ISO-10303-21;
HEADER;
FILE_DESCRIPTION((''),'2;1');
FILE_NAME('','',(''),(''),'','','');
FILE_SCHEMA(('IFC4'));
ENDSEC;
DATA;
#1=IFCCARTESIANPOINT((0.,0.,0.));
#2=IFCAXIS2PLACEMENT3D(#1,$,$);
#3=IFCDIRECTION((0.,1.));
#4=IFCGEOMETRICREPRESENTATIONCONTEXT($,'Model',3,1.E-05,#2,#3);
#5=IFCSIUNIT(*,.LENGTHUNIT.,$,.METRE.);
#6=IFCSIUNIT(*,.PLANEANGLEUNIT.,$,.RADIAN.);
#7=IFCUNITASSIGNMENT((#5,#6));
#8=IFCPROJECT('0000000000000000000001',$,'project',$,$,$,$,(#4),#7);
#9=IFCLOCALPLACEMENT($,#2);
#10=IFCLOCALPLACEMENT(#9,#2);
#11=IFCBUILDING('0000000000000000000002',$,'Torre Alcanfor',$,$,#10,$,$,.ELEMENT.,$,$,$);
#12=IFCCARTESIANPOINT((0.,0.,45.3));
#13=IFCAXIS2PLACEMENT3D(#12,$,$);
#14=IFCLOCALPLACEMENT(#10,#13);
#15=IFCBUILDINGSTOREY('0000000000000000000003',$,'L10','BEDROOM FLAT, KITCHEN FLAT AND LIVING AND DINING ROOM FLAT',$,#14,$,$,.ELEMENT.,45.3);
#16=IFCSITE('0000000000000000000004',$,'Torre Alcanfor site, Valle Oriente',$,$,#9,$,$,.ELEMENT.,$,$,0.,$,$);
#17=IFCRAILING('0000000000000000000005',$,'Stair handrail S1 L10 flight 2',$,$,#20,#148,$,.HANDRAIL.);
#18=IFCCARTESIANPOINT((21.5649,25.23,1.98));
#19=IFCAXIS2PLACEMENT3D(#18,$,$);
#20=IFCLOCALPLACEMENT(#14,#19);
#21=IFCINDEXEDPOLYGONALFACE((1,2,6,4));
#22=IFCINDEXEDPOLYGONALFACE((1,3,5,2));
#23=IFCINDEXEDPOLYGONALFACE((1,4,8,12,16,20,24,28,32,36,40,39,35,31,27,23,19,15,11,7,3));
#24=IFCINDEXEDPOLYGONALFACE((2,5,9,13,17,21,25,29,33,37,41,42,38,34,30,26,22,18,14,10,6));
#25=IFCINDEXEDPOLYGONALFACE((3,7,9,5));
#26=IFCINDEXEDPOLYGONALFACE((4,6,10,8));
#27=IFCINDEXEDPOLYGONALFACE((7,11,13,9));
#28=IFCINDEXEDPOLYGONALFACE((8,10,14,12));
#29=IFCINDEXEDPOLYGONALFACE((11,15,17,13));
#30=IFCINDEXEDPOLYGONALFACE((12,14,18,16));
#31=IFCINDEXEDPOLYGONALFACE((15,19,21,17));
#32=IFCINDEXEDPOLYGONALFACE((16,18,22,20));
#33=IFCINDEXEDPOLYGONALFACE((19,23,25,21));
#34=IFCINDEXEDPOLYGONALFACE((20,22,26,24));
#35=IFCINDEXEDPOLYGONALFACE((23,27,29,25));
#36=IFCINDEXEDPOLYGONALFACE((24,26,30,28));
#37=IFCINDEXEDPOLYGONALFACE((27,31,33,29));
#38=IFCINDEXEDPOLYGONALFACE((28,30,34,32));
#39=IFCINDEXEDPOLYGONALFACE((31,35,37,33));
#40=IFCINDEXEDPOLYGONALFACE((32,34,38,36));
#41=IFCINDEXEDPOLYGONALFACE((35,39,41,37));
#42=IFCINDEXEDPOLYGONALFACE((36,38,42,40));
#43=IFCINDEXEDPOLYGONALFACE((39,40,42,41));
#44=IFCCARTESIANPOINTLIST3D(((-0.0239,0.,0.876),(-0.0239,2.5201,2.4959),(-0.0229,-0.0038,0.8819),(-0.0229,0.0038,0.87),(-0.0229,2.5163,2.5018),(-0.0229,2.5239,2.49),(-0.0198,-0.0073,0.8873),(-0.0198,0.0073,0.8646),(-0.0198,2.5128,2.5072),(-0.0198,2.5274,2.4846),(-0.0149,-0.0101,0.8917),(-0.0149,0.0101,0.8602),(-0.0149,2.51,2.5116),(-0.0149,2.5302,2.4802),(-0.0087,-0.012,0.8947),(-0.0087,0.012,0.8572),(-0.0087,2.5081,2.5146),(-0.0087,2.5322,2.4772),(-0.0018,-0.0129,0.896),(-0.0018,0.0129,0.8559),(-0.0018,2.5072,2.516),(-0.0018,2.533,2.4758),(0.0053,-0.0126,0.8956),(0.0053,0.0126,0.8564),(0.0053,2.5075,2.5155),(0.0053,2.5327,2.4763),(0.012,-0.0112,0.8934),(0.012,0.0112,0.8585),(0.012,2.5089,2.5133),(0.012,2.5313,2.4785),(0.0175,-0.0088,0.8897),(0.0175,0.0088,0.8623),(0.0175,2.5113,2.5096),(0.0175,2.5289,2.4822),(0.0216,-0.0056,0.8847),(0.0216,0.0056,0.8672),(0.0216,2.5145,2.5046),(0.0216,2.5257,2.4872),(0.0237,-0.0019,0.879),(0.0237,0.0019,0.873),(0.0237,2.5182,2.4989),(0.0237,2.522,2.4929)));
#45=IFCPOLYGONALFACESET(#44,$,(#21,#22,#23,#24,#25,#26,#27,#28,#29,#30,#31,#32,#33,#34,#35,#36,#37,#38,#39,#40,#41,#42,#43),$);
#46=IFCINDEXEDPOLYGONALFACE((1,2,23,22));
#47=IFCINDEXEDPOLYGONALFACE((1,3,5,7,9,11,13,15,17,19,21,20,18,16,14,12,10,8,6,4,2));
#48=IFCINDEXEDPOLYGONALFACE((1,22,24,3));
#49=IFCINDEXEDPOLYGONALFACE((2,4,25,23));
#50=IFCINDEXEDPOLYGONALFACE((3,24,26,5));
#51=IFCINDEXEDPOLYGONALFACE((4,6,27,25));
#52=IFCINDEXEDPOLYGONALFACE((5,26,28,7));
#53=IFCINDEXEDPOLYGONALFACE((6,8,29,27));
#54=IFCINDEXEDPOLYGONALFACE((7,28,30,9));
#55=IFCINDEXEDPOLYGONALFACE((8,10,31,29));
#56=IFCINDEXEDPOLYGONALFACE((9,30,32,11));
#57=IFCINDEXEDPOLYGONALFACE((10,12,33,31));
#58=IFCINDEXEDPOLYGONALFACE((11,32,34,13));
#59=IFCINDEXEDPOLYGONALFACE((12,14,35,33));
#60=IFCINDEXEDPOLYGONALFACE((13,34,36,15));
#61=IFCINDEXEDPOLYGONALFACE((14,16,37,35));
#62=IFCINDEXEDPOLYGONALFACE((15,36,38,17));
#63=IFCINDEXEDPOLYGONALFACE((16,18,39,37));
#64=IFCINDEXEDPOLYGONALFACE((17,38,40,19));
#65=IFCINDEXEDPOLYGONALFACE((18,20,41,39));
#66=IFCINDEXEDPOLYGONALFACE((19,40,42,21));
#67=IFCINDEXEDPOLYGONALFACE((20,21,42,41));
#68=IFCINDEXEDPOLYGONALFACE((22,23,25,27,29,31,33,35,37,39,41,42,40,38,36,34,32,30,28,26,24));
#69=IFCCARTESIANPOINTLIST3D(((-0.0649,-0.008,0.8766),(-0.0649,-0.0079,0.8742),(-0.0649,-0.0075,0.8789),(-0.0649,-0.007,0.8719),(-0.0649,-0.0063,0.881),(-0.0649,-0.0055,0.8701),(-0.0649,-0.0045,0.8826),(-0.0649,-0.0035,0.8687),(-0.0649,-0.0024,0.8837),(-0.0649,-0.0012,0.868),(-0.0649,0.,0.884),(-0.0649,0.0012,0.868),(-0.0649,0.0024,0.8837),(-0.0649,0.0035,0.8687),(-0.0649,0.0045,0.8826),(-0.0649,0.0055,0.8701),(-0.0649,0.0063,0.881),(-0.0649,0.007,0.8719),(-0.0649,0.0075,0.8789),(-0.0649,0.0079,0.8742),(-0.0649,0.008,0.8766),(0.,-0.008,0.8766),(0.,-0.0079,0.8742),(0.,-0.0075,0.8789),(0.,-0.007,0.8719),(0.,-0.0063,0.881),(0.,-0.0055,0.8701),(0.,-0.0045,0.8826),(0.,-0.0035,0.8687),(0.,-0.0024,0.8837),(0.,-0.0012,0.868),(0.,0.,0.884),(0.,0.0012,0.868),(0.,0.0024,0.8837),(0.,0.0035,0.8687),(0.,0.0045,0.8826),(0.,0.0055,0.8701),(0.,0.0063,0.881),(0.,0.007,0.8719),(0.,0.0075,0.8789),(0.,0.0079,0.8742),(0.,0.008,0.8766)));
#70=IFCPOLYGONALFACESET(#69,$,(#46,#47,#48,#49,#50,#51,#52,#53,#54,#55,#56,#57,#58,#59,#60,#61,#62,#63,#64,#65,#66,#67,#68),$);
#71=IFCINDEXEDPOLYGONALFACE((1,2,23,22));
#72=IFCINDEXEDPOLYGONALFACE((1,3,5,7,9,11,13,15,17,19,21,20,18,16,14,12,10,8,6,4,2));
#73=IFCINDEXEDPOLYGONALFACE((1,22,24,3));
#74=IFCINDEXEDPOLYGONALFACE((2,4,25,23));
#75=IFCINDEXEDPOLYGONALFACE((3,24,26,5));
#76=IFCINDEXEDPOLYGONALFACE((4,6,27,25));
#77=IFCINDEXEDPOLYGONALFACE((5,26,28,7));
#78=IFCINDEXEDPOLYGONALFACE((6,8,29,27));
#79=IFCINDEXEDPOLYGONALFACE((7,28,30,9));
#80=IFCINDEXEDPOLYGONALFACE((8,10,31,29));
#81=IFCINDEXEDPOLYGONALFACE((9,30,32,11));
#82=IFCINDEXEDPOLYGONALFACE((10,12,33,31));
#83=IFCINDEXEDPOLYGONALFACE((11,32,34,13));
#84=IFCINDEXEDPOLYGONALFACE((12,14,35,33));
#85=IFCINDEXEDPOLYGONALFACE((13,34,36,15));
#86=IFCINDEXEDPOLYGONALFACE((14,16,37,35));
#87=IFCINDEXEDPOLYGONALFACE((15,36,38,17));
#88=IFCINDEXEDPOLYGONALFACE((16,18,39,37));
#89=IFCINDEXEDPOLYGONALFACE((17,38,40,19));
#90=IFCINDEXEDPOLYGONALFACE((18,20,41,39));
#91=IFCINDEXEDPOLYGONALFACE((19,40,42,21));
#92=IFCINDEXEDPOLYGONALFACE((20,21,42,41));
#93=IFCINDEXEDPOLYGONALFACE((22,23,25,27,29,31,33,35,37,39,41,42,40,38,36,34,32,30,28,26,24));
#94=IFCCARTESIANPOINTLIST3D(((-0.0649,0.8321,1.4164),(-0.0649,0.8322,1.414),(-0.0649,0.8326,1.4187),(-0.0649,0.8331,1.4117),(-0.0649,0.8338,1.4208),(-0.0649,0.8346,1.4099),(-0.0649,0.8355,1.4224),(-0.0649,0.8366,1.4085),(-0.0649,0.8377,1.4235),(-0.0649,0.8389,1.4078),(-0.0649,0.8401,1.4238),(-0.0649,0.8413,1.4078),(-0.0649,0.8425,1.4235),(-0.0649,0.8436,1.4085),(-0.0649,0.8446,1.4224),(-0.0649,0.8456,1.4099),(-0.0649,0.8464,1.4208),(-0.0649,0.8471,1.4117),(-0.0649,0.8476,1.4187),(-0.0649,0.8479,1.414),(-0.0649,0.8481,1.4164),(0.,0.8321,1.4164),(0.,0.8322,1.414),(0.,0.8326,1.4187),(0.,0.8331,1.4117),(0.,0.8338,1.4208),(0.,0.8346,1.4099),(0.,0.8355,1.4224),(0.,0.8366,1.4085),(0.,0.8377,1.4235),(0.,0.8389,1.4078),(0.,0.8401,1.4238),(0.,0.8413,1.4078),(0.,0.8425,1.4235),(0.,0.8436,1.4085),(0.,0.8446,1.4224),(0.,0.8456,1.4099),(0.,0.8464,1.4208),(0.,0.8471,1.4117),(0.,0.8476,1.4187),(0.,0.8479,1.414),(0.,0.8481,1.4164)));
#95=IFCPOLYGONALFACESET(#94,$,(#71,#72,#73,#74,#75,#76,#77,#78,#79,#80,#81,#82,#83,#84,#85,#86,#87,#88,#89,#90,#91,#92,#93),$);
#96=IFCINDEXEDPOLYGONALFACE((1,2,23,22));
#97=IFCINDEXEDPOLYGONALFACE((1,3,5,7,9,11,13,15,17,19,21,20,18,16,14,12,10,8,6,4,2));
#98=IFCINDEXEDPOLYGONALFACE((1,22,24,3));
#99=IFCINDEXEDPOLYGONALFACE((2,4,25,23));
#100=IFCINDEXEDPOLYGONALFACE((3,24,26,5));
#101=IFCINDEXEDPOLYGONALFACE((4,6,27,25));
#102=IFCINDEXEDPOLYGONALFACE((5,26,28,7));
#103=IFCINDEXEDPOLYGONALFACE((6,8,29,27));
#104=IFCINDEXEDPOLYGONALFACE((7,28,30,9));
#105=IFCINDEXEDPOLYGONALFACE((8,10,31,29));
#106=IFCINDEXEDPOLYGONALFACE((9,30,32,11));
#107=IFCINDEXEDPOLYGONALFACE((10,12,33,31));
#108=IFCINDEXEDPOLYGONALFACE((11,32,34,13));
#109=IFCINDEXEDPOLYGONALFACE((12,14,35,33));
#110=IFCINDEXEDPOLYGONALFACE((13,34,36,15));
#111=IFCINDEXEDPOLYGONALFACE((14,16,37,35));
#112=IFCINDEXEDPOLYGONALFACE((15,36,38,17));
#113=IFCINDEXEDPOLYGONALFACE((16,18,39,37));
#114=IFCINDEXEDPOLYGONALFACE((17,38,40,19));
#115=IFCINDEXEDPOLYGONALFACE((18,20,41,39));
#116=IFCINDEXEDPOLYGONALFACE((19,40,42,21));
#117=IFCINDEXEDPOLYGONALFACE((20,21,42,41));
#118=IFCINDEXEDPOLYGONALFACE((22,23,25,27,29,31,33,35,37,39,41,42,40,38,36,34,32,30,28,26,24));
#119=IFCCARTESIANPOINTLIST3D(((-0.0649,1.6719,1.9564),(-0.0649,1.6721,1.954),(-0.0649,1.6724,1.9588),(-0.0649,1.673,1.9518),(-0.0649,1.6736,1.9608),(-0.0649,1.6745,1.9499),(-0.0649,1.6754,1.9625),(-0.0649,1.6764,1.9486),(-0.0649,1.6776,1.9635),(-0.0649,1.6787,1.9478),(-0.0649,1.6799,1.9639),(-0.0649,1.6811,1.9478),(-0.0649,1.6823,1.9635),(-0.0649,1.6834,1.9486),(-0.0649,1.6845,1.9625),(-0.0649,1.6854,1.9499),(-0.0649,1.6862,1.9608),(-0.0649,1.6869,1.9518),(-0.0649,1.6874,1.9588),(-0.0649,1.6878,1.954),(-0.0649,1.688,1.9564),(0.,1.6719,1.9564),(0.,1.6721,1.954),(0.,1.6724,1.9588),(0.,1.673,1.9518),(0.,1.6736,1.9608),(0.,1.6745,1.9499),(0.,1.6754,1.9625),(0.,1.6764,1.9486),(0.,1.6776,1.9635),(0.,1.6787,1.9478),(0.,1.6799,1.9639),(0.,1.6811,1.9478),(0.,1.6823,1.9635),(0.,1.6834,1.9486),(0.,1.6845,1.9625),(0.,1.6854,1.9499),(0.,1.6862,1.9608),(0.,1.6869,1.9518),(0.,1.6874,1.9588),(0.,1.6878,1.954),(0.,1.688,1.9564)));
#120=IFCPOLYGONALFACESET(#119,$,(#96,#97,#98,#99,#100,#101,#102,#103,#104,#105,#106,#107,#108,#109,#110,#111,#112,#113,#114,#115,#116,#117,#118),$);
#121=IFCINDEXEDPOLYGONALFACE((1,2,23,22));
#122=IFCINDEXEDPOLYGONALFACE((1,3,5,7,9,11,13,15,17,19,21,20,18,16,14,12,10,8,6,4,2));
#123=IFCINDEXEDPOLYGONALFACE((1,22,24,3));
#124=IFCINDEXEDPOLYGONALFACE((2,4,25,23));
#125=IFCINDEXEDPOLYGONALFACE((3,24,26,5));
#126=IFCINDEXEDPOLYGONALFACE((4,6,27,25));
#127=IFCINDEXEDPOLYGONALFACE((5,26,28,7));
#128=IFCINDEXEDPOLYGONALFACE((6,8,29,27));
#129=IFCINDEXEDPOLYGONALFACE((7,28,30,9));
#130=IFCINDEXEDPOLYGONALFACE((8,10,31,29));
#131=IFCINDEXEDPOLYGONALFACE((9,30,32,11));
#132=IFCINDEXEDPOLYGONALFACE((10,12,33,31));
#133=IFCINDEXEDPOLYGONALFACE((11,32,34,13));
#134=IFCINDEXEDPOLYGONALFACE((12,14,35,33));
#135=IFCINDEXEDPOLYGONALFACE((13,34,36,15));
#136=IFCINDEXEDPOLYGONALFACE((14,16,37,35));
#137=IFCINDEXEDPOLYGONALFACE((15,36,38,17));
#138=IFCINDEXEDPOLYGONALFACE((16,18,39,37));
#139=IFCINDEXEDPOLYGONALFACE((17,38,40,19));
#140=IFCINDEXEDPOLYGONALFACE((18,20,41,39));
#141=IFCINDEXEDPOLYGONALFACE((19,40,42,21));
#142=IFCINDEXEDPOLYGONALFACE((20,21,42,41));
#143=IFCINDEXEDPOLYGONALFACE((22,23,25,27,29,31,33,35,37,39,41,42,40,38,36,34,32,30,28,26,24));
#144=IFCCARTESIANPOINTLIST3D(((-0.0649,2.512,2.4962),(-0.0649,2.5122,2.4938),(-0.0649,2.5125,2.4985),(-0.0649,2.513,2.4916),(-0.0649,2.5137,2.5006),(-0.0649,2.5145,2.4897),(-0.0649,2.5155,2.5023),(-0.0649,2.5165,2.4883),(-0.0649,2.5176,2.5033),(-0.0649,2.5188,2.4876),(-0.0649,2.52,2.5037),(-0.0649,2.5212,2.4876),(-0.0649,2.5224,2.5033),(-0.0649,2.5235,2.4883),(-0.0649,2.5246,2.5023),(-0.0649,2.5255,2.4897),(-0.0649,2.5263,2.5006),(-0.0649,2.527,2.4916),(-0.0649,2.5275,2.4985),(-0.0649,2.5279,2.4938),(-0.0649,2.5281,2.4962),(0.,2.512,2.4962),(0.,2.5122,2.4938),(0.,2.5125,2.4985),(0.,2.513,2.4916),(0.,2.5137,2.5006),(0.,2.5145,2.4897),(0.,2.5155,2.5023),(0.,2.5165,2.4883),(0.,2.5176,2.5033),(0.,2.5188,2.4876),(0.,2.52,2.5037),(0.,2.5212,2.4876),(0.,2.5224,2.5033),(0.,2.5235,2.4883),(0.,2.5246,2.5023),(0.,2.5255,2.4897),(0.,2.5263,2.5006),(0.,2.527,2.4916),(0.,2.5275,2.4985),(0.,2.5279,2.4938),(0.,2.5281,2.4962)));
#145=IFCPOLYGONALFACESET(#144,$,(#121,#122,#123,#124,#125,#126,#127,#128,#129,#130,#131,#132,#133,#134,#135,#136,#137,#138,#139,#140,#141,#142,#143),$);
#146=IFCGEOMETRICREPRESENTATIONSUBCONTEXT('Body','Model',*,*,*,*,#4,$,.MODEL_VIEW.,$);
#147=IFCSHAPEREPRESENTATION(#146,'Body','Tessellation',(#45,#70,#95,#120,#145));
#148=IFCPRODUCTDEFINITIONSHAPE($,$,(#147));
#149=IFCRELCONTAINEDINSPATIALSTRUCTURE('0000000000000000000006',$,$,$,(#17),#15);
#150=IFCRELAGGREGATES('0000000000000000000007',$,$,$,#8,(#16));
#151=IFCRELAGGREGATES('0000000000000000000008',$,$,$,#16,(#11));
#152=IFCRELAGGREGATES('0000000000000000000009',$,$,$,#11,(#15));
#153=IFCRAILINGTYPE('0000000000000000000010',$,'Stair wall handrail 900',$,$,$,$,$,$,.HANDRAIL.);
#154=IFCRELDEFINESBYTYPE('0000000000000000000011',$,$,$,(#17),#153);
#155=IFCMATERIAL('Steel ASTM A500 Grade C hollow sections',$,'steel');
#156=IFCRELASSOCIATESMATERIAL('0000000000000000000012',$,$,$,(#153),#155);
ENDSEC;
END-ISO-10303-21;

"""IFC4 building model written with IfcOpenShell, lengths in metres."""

from ifc_helpers import new_model, si_unit, direction, frame, origin, origin_2d, place, context, subcontext, project, spatial, circle, extrude, material, type_object, element, save


model = new_model("IFC4")

# Units and contexts
model_context = context("Model", 3, precision=1e-05, world=origin(), true_north=direction((0.0, 1.0)))
body_context = subcontext(model_context, "Body", "Model", "MODEL_VIEW")
ifc_project = project(units=[si_unit("LENGTHUNIT", "METRE"), si_unit("PLANEANGLEUNIT", "RADIAN")], contexts=[model_context])

# Site, building, storey
site_placement = place(None, origin())
site = spatial("IfcSite", under=ifc_project, at=site_placement, Name="Torre Alcanfor site, Valle Oriente", CompositionType="ELEMENT", RefElevation=0.0)
building_placement = place(site_placement, origin())
building = spatial("IfcBuilding", under=site, at=building_placement, Name="Torre Alcanfor", CompositionType="ELEMENT")
storey_placement = place(building_placement, frame((0.0, 0.0, 45.3)))
storey = spatial("IfcBuildingStorey", under=building, at=storey_placement, Name="L10", Description="BEDROOM FLAT, KITCHEN FLAT AND LIVING AND DINING ROOM FLAT", CompositionType="ELEMENT", Elevation=45.3)

# Railing
ifc_material_1 = material(Name="Steel ASTM A500 Grade C hollow sections", Category="steel")
railing_type_1 = type_object("IfcRailingType", Name="Stair wall handrail 900", PredefinedType="HANDRAIL", material=ifc_material_1)
railing_1_placement = place(storey_placement, frame((21.5649, 25.23, 1.98)))
element("IfcRailing", 1, at=railing_1_placement, inside=storey, type_object=railing_type_1, Name="Stair handrail S1 L10 flight 2", PredefinedType="HANDRAIL", context=body_context, shape_type="SweptSolid", body=[
    extrude(circle(Radius=0.0239, at=origin_2d()), frame((0.0, 0.0, 0.876), z_axis=(0.0, 0.8412, 0.540725), x_axis=(-1.0, 0.0, 0.0)), (0.0, 0.0, 1.0), 2.9958),
    extrude(circle(Radius=0.0081, at=origin_2d()), frame((0.0, 0.0, 0.876), z_axis=(-1.0, 0.0, 0.0), x_axis=(0.0, 0.0, 1.0)), (0.0, 0.0, 1.0), 0.0649),
    extrude(circle(Radius=0.0081, at=origin_2d()), frame((0.0, 0.8401, 1.4158), z_axis=(-1.0, 0.0, 0.0), x_axis=(0.0, 0.0, 1.0)), (0.0, 0.0, 1.0), 0.0649),
    extrude(circle(Radius=0.0081, at=origin_2d()), frame((0.0, 1.6799, 1.9558), z_axis=(-1.0, 0.0, 0.0), x_axis=(0.0, 0.0, 1.0)), (0.0, 0.0, 1.0), 0.0649),
    extrude(circle(Radius=0.0081, at=origin_2d()), frame((0.0, 2.52, 2.4956), z_axis=(-1.0, 0.0, 0.0), x_axis=(0.0, 0.0, 1.0)), (0.0, 0.0, 1.0), 0.0649),
])

save(model, "model.ifc")
